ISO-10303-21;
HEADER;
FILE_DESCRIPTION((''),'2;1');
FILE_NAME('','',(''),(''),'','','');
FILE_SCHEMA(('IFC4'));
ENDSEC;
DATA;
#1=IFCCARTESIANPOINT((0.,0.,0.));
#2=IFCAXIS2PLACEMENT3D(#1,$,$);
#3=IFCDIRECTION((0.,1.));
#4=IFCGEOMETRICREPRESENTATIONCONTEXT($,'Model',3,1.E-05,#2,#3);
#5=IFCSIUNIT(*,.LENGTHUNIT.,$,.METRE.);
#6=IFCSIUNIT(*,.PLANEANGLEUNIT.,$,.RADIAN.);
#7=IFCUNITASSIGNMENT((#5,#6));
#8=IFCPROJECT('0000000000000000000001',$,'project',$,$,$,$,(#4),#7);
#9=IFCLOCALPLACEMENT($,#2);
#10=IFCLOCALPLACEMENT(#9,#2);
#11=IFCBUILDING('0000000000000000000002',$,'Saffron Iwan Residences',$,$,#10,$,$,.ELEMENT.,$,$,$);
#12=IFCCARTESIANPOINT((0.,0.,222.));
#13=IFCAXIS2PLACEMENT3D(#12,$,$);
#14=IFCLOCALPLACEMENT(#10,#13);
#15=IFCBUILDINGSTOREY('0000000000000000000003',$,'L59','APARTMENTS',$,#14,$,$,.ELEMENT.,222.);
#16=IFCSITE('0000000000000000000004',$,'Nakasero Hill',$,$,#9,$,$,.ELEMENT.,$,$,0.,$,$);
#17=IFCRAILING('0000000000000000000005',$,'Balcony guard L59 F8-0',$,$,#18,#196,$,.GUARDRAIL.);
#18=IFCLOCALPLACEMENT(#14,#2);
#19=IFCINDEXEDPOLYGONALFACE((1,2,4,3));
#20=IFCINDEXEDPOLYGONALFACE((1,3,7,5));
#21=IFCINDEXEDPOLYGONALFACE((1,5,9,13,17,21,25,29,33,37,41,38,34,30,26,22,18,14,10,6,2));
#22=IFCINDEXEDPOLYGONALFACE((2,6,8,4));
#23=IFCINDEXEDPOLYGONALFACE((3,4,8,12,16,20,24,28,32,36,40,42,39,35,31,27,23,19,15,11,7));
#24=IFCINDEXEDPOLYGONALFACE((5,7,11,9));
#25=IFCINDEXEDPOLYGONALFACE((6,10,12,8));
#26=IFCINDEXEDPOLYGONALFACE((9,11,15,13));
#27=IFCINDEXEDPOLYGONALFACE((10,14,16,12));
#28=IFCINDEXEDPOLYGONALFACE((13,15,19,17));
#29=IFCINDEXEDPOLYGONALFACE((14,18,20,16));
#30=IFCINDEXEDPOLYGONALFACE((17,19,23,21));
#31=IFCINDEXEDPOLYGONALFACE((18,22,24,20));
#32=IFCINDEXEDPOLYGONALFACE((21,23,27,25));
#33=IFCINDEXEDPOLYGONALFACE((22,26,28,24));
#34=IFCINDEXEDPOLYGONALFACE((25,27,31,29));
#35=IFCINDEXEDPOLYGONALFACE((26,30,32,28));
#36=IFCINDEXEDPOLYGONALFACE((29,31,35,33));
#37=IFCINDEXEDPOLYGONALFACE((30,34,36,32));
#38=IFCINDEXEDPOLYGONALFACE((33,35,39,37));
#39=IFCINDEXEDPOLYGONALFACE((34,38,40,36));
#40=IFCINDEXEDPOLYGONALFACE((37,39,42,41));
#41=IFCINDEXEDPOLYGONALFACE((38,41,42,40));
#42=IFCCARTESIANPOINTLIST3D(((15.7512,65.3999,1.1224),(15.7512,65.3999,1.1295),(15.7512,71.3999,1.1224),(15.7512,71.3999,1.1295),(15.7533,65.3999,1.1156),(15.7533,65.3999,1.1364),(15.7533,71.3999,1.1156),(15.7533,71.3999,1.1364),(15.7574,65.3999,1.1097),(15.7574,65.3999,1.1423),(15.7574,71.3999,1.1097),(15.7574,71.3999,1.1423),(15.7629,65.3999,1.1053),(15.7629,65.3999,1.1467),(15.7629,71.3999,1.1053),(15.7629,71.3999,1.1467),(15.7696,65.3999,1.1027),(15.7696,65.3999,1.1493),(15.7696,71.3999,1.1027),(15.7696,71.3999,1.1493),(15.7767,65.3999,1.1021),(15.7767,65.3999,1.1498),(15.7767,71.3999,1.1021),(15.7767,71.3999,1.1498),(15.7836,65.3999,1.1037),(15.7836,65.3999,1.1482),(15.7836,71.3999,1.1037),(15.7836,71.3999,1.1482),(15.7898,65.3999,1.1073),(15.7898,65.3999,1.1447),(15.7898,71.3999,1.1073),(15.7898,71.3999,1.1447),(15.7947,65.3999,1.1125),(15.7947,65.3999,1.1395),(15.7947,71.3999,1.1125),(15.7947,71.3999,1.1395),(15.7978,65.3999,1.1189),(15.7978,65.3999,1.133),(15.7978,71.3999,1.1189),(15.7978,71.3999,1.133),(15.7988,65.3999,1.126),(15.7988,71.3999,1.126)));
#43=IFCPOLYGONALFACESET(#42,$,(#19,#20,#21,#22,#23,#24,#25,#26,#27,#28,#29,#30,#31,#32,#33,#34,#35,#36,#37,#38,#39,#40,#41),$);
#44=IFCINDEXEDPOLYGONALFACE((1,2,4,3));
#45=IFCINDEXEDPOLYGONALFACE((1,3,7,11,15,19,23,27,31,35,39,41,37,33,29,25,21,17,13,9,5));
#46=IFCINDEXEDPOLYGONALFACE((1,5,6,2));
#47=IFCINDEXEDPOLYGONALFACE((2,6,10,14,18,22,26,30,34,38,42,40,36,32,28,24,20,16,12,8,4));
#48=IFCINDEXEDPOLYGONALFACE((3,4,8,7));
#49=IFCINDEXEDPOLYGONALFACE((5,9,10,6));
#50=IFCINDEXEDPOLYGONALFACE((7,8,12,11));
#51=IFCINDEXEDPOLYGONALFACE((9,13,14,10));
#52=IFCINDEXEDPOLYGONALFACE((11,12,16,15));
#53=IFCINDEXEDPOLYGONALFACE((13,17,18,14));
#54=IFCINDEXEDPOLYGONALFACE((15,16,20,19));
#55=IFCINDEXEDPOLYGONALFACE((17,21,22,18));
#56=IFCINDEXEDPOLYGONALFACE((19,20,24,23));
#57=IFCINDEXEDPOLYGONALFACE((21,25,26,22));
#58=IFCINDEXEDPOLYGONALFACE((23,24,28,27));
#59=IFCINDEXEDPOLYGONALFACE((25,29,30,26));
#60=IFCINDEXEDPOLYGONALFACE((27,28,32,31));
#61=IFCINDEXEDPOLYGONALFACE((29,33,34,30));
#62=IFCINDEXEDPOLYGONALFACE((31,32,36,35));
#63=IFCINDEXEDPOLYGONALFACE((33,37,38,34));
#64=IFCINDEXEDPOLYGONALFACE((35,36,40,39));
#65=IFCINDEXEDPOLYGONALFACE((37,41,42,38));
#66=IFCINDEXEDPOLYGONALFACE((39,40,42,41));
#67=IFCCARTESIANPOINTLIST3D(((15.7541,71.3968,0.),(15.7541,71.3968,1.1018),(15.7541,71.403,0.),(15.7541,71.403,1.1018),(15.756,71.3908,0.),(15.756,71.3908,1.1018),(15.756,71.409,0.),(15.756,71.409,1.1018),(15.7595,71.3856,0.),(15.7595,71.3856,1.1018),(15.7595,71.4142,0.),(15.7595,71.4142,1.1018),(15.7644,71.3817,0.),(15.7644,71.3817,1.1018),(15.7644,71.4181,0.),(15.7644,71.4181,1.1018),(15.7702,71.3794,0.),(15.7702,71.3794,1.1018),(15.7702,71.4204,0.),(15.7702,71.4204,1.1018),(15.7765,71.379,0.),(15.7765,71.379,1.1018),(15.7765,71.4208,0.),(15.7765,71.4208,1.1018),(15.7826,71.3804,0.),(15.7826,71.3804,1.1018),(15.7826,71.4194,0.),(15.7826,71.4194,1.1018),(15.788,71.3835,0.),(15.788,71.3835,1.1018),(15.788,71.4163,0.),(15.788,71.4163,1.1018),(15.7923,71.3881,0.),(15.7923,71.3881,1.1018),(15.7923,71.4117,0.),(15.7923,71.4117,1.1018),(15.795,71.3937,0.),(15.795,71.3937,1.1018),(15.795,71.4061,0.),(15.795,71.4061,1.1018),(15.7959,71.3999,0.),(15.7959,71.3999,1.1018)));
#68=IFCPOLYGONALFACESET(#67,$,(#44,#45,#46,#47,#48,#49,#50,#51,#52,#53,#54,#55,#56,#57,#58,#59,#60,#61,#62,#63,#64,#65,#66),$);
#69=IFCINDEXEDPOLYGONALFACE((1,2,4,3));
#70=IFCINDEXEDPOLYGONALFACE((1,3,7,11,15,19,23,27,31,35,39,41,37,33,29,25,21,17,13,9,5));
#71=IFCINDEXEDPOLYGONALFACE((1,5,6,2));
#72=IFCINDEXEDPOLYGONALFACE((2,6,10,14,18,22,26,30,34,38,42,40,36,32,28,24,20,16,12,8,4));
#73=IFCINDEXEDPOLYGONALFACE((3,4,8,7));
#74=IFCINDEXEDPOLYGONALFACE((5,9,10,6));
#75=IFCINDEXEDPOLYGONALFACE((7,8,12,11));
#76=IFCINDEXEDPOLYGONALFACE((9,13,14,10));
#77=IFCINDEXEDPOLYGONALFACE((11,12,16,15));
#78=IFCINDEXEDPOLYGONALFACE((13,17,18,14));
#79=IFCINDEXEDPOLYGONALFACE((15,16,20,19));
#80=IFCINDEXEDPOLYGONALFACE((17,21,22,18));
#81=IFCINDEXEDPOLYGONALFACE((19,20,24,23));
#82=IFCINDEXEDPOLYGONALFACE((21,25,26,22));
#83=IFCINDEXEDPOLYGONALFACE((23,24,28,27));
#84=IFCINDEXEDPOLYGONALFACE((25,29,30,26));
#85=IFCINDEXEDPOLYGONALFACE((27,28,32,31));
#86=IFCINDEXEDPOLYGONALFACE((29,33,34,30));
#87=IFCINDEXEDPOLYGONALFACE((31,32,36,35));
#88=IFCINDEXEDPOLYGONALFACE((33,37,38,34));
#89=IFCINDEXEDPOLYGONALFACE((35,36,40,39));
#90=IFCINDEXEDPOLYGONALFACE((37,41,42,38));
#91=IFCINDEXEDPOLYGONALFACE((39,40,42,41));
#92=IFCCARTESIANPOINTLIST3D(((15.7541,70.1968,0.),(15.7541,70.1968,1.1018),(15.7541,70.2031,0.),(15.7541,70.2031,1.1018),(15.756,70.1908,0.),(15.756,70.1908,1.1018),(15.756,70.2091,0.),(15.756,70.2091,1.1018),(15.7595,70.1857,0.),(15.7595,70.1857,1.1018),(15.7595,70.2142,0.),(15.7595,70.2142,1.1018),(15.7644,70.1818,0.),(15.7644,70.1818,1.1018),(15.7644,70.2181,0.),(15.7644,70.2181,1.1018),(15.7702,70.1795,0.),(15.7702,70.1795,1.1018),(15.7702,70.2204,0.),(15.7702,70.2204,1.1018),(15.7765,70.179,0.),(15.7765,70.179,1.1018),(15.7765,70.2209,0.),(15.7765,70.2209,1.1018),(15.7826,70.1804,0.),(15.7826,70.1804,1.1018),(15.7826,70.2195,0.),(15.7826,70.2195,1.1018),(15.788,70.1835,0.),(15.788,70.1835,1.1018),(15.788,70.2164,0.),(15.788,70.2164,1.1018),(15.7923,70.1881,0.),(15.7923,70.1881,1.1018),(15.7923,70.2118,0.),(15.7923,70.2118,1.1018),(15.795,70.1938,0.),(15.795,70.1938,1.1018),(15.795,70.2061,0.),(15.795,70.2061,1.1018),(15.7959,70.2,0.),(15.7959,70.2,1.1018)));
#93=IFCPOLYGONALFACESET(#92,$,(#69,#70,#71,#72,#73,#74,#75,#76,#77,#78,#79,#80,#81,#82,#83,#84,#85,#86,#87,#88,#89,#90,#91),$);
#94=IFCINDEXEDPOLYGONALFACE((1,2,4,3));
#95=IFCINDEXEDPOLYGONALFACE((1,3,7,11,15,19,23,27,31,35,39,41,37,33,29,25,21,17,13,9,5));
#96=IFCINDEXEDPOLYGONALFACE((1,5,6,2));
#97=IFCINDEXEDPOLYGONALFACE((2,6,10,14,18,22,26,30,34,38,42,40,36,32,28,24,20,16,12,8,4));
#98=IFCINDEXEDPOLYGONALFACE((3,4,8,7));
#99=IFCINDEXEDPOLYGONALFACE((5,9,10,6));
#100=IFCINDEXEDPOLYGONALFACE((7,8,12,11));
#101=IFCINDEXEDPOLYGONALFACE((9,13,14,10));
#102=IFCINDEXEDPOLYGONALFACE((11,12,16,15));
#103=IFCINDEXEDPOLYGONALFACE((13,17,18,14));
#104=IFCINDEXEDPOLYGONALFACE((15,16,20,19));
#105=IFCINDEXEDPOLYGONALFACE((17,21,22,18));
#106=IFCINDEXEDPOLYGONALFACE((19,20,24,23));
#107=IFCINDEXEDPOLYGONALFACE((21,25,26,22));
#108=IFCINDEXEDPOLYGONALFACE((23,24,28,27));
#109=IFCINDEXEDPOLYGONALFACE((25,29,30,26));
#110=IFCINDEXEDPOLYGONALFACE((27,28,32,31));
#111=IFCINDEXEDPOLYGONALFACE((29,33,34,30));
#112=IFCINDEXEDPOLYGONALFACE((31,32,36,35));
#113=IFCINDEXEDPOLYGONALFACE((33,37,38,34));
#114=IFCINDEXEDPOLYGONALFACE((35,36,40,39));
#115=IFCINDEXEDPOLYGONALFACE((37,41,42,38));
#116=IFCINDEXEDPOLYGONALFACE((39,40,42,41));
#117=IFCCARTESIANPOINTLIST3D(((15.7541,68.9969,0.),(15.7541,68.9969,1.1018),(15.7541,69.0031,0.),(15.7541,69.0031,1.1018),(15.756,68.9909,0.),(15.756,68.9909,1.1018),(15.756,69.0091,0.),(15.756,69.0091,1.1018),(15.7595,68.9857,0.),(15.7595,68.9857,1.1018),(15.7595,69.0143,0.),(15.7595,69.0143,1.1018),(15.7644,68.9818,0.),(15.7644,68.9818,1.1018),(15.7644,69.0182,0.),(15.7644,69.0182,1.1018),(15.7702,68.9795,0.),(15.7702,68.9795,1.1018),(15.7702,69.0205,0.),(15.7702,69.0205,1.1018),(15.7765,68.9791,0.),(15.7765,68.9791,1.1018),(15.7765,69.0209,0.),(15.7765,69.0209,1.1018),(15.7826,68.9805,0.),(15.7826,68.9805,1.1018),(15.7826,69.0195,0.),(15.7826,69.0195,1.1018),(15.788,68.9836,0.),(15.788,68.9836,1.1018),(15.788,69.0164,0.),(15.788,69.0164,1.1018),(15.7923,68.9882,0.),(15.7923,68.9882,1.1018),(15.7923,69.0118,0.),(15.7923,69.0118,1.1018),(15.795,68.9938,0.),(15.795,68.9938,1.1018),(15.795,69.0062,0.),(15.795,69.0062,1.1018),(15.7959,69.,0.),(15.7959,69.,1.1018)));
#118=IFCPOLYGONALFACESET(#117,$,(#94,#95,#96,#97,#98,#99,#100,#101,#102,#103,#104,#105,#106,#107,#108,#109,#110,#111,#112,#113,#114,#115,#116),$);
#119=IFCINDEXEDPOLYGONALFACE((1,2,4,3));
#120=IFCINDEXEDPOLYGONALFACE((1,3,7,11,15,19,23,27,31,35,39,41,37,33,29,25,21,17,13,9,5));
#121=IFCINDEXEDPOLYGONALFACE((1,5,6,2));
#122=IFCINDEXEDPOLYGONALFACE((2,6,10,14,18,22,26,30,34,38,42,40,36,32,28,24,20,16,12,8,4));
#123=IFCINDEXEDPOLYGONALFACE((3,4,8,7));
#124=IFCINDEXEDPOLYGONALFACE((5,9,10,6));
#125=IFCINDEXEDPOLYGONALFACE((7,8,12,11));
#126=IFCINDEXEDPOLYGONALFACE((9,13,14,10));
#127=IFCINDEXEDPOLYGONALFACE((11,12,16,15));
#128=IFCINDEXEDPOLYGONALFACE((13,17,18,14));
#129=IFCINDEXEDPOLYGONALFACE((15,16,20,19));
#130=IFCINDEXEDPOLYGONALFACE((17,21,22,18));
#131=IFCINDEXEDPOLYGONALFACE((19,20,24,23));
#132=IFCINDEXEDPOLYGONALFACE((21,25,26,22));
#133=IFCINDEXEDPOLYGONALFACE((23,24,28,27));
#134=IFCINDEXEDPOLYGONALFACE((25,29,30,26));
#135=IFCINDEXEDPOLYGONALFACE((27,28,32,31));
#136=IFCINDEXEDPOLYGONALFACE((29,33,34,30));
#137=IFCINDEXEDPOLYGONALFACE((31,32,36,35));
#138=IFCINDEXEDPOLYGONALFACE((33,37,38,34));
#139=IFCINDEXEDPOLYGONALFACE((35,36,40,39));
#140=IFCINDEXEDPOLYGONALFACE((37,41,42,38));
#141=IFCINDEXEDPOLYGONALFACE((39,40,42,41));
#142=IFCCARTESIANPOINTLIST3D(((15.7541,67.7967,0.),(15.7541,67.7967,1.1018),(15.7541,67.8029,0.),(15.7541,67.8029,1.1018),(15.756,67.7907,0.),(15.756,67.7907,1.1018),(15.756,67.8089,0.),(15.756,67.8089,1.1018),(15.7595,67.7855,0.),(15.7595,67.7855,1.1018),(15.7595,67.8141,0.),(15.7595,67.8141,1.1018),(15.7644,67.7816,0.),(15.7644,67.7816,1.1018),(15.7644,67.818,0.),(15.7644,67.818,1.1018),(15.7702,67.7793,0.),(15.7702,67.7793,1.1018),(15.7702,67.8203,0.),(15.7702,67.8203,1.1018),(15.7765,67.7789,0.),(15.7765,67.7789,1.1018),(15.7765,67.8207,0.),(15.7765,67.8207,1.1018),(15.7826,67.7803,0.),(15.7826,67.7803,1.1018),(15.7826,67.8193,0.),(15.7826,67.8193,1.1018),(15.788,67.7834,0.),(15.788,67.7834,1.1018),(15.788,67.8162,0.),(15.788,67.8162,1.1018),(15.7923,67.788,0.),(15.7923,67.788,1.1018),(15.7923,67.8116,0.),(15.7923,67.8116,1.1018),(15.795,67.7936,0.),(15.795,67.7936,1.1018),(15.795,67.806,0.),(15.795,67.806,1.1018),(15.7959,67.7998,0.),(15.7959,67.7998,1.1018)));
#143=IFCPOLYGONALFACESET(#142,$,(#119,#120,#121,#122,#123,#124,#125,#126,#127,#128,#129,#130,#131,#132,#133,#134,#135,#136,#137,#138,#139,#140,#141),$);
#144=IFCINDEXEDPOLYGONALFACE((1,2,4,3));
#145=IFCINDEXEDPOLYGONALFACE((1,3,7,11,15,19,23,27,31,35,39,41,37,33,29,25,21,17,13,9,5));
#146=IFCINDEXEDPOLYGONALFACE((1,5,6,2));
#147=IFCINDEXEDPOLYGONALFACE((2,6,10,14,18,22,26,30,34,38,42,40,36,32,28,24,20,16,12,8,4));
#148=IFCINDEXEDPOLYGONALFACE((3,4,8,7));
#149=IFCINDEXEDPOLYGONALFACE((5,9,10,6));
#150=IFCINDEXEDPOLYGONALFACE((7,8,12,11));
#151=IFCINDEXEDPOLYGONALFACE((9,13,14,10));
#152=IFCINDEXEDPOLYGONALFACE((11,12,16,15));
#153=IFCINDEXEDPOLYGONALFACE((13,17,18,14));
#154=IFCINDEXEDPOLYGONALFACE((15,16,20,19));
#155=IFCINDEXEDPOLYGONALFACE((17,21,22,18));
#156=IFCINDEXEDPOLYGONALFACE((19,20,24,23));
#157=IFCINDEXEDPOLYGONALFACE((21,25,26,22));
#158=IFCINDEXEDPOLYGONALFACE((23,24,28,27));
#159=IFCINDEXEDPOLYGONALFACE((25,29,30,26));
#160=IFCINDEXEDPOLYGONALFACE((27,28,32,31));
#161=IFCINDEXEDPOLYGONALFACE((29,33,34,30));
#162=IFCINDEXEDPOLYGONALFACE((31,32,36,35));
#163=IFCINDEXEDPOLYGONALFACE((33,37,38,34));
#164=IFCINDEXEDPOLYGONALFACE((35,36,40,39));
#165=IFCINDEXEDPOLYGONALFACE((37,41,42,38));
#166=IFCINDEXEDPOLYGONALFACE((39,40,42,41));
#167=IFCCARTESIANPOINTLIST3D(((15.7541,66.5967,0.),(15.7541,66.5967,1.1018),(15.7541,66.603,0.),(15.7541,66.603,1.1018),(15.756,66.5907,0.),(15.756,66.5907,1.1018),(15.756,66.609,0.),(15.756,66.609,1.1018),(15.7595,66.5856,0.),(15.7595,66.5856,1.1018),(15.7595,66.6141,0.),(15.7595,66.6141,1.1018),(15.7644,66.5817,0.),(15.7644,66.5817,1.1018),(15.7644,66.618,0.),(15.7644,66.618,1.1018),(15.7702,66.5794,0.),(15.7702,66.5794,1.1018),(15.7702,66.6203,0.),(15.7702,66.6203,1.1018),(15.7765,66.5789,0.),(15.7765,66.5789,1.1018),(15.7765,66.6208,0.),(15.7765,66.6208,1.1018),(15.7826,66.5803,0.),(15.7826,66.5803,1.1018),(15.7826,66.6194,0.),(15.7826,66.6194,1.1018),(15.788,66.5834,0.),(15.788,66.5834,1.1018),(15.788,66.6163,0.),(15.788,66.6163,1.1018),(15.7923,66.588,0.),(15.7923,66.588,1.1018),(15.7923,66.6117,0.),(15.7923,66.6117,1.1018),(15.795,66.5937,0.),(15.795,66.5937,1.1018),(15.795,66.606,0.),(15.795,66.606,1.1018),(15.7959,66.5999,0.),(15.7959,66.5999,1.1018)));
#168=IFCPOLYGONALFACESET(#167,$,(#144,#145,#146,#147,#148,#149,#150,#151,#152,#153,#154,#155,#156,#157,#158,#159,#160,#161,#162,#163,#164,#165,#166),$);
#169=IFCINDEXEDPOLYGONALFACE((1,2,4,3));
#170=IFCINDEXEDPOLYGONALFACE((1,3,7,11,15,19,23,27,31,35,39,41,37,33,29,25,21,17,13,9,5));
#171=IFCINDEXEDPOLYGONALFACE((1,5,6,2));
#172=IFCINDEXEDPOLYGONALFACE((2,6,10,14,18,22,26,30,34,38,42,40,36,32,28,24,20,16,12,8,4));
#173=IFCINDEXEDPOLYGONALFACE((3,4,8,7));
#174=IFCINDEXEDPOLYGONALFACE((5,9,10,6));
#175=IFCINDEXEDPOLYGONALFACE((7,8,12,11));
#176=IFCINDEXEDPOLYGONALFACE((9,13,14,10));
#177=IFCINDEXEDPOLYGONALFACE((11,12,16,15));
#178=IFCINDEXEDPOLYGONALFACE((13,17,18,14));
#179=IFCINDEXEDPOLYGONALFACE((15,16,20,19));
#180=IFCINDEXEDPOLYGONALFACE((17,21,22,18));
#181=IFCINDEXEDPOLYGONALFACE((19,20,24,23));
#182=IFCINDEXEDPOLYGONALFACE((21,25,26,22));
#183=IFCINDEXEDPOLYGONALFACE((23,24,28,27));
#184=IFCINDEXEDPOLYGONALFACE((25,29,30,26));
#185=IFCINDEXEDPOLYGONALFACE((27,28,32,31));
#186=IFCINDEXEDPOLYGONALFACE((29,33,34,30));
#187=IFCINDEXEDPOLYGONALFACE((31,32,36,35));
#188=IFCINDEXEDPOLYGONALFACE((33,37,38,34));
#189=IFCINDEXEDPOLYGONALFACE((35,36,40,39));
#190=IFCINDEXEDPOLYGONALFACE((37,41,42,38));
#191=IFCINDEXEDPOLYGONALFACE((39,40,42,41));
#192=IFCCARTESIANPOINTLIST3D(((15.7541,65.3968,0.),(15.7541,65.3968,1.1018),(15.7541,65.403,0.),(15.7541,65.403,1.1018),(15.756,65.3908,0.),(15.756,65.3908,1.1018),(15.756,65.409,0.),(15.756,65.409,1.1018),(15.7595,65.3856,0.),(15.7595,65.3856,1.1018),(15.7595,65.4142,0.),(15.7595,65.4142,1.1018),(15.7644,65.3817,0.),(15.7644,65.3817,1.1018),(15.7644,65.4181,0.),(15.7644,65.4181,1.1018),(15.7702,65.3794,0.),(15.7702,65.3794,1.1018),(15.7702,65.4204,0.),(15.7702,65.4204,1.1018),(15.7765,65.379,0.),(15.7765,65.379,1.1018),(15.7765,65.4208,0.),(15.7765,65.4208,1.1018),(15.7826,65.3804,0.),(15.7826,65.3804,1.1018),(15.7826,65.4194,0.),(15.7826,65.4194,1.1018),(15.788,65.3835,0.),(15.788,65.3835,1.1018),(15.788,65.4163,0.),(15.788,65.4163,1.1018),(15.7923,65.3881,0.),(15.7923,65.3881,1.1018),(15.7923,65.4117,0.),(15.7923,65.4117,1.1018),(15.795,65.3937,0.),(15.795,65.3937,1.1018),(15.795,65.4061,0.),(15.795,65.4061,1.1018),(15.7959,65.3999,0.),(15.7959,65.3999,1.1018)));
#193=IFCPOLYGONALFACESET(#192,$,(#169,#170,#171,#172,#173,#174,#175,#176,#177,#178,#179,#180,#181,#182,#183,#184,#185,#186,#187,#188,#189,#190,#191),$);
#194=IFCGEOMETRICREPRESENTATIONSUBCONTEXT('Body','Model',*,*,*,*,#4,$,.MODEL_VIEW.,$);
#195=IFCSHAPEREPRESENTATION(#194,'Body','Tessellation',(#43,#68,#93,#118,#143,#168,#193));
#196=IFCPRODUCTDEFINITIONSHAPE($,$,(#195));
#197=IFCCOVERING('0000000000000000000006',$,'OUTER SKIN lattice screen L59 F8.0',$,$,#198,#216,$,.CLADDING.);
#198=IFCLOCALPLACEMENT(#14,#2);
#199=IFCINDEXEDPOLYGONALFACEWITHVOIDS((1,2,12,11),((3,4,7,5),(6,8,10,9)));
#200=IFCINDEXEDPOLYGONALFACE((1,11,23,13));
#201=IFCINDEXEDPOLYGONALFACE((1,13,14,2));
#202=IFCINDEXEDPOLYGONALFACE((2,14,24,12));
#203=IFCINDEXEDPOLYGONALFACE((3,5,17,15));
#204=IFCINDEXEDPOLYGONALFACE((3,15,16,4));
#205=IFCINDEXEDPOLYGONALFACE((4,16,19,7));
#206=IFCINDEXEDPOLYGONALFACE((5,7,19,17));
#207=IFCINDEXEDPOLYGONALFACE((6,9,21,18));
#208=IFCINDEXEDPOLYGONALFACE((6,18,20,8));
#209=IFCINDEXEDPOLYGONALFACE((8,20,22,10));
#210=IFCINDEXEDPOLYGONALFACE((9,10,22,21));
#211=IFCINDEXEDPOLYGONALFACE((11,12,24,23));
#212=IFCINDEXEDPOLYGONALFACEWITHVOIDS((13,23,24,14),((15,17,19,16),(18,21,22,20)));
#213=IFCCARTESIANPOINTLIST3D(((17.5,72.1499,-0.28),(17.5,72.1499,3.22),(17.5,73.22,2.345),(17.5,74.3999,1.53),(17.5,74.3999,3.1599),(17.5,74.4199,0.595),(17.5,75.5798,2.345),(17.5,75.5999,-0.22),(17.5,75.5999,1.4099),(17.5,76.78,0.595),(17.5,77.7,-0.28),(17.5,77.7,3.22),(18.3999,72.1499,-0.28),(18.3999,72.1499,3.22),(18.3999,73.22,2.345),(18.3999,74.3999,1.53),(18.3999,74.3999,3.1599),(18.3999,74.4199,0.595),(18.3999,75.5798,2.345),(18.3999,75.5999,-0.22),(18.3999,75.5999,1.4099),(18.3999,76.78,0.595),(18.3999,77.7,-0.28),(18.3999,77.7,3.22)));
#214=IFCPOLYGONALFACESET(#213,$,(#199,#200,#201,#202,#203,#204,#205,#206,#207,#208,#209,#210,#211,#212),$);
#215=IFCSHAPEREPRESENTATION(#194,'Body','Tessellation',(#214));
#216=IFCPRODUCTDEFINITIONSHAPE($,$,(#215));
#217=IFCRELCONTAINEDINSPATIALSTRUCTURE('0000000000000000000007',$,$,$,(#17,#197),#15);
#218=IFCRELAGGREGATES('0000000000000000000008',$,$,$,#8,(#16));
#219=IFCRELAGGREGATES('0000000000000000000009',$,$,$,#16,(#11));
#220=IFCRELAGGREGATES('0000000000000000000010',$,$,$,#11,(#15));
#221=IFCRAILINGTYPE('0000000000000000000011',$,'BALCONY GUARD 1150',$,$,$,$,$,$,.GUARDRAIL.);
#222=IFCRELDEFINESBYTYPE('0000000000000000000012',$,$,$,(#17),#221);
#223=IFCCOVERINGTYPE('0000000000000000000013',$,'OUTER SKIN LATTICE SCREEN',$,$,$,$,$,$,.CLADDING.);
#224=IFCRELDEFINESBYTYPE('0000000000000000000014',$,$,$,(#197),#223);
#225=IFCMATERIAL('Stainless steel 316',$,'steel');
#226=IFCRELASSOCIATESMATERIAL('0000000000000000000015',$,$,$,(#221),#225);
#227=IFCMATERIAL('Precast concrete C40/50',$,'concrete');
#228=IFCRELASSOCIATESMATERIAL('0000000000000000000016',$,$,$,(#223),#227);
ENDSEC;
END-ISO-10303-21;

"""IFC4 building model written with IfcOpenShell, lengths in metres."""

from ifc_helpers import new_model, si_unit, direction, frame, origin, origin_2d, place, context, subcontext, project, spatial, polyline, circle, outline, extrude, material, type_object, element, save


model = new_model("IFC4")

# Units and contexts
model_context = context("Model", 3, precision=1e-05, world=origin(), true_north=direction((0.0, 1.0)))
body_context = subcontext(model_context, "Body", "Model", "MODEL_VIEW")
ifc_project = project(units=[si_unit("LENGTHUNIT", "METRE"), si_unit("PLANEANGLEUNIT", "RADIAN")], contexts=[model_context])

# Site, building, storey
site_placement = place(None, origin())
site = spatial("IfcSite", under=ifc_project, at=site_placement, Name="Nakasero Hill", CompositionType="ELEMENT", RefElevation=0.0)
building_placement = place(site_placement, origin())
building = spatial("IfcBuilding", under=site, at=building_placement, Name="Saffron Iwan Residences", CompositionType="ELEMENT")
storey_placement = place(building_placement, frame((0.0, 0.0, 222.0)))
storey = spatial("IfcBuildingStorey", under=building, at=storey_placement, Name="L59", Description="APARTMENTS", CompositionType="ELEMENT", Elevation=222.0)

# Railing
ifc_material_1 = material(Name="Stainless steel 316", Category="steel")
railing_type = type_object("IfcRailingType", Name="BALCONY GUARD 1150", PredefinedType="GUARDRAIL", material=ifc_material_1)
railing_placement = place(storey_placement, frame((15.7749, 71.3999, 0.0)))
element("IfcRailing", 1, at=railing_placement, inside=storey, type_object=railing_type, Name="Balcony guard L59 F8-0", PredefinedType="GUARDRAIL", context=body_context, shape_type="SweptSolid", body=[
    extrude(circle(Radius=0.0239, at=origin_2d()), frame((0.0, 0.0, 1.126), z_axis=(0.0, -1.0, 0.0), x_axis=(1.0, 0.0, 0.0)), (0.0, 0.0, 1.0), 6.0),
    extrude(circle(Radius=0.021, at=origin_2d()), origin(), (0.0, 0.0, 1.0), 1.1018),
    extrude(circle(Radius=0.021, at=origin_2d()), frame((0.0, -1.2, 0.0)), (0.0, 0.0, 1.0), 1.1018),
    extrude(circle(Radius=0.021, at=origin_2d()), frame((0.0, -2.3999, 0.0)), (0.0, 0.0, 1.0), 1.1018),
    extrude(circle(Radius=0.021, at=origin_2d()), frame((0.0, -3.6001, 0.0)), (0.0, 0.0, 1.0), 1.1018),
    extrude(circle(Radius=0.021, at=origin_2d()), frame((0.0, -4.8, 0.0)), (0.0, 0.0, 1.0), 1.1018),
    extrude(circle(Radius=0.021, at=origin_2d()), frame((0.0, -6.0, 0.0)), (0.0, 0.0, 1.0), 1.1018),
])

# Covering
ifc_material_2 = material(Name="Precast concrete C40/50", Category="concrete")
covering_type = type_object("IfcCoveringType", Name="OUTER SKIN LATTICE SCREEN", PredefinedType="CLADDING", material=ifc_material_2)
covering_placement = place(storey_placement, frame((18.3999, 77.7, -0.28), z_axis=(-1.0, 0.0, 0.0), x_axis=(0.0, -1.0, 0.0)))
element("IfcCovering", 2, at=covering_placement, inside=storey, type_object=covering_type, Name="OUTER SKIN lattice screen L59 F8.0", PredefinedType="CLADDING", context=body_context, shape_type="SweptSolid", body=[
    extrude(outline(polyline([(0.0, 0.0), (5.55, 0.0), (5.55, 3.5), (0.0, 3.5), (0.0, 0.0)]), holes=[polyline([(0.9199, 0.875), (2.1001, 0.0601), (3.28, 0.875), (2.1001, 1.6899), (0.9199, 0.875)]), polyline([(2.1201, 2.625), (3.3, 1.8101), (4.48, 2.625), (3.3, 3.4399), (2.1201, 2.625)])]), origin(), (0.0, 0.0, 1.0), 0.8999),
])

save(model, "model.ifc")
